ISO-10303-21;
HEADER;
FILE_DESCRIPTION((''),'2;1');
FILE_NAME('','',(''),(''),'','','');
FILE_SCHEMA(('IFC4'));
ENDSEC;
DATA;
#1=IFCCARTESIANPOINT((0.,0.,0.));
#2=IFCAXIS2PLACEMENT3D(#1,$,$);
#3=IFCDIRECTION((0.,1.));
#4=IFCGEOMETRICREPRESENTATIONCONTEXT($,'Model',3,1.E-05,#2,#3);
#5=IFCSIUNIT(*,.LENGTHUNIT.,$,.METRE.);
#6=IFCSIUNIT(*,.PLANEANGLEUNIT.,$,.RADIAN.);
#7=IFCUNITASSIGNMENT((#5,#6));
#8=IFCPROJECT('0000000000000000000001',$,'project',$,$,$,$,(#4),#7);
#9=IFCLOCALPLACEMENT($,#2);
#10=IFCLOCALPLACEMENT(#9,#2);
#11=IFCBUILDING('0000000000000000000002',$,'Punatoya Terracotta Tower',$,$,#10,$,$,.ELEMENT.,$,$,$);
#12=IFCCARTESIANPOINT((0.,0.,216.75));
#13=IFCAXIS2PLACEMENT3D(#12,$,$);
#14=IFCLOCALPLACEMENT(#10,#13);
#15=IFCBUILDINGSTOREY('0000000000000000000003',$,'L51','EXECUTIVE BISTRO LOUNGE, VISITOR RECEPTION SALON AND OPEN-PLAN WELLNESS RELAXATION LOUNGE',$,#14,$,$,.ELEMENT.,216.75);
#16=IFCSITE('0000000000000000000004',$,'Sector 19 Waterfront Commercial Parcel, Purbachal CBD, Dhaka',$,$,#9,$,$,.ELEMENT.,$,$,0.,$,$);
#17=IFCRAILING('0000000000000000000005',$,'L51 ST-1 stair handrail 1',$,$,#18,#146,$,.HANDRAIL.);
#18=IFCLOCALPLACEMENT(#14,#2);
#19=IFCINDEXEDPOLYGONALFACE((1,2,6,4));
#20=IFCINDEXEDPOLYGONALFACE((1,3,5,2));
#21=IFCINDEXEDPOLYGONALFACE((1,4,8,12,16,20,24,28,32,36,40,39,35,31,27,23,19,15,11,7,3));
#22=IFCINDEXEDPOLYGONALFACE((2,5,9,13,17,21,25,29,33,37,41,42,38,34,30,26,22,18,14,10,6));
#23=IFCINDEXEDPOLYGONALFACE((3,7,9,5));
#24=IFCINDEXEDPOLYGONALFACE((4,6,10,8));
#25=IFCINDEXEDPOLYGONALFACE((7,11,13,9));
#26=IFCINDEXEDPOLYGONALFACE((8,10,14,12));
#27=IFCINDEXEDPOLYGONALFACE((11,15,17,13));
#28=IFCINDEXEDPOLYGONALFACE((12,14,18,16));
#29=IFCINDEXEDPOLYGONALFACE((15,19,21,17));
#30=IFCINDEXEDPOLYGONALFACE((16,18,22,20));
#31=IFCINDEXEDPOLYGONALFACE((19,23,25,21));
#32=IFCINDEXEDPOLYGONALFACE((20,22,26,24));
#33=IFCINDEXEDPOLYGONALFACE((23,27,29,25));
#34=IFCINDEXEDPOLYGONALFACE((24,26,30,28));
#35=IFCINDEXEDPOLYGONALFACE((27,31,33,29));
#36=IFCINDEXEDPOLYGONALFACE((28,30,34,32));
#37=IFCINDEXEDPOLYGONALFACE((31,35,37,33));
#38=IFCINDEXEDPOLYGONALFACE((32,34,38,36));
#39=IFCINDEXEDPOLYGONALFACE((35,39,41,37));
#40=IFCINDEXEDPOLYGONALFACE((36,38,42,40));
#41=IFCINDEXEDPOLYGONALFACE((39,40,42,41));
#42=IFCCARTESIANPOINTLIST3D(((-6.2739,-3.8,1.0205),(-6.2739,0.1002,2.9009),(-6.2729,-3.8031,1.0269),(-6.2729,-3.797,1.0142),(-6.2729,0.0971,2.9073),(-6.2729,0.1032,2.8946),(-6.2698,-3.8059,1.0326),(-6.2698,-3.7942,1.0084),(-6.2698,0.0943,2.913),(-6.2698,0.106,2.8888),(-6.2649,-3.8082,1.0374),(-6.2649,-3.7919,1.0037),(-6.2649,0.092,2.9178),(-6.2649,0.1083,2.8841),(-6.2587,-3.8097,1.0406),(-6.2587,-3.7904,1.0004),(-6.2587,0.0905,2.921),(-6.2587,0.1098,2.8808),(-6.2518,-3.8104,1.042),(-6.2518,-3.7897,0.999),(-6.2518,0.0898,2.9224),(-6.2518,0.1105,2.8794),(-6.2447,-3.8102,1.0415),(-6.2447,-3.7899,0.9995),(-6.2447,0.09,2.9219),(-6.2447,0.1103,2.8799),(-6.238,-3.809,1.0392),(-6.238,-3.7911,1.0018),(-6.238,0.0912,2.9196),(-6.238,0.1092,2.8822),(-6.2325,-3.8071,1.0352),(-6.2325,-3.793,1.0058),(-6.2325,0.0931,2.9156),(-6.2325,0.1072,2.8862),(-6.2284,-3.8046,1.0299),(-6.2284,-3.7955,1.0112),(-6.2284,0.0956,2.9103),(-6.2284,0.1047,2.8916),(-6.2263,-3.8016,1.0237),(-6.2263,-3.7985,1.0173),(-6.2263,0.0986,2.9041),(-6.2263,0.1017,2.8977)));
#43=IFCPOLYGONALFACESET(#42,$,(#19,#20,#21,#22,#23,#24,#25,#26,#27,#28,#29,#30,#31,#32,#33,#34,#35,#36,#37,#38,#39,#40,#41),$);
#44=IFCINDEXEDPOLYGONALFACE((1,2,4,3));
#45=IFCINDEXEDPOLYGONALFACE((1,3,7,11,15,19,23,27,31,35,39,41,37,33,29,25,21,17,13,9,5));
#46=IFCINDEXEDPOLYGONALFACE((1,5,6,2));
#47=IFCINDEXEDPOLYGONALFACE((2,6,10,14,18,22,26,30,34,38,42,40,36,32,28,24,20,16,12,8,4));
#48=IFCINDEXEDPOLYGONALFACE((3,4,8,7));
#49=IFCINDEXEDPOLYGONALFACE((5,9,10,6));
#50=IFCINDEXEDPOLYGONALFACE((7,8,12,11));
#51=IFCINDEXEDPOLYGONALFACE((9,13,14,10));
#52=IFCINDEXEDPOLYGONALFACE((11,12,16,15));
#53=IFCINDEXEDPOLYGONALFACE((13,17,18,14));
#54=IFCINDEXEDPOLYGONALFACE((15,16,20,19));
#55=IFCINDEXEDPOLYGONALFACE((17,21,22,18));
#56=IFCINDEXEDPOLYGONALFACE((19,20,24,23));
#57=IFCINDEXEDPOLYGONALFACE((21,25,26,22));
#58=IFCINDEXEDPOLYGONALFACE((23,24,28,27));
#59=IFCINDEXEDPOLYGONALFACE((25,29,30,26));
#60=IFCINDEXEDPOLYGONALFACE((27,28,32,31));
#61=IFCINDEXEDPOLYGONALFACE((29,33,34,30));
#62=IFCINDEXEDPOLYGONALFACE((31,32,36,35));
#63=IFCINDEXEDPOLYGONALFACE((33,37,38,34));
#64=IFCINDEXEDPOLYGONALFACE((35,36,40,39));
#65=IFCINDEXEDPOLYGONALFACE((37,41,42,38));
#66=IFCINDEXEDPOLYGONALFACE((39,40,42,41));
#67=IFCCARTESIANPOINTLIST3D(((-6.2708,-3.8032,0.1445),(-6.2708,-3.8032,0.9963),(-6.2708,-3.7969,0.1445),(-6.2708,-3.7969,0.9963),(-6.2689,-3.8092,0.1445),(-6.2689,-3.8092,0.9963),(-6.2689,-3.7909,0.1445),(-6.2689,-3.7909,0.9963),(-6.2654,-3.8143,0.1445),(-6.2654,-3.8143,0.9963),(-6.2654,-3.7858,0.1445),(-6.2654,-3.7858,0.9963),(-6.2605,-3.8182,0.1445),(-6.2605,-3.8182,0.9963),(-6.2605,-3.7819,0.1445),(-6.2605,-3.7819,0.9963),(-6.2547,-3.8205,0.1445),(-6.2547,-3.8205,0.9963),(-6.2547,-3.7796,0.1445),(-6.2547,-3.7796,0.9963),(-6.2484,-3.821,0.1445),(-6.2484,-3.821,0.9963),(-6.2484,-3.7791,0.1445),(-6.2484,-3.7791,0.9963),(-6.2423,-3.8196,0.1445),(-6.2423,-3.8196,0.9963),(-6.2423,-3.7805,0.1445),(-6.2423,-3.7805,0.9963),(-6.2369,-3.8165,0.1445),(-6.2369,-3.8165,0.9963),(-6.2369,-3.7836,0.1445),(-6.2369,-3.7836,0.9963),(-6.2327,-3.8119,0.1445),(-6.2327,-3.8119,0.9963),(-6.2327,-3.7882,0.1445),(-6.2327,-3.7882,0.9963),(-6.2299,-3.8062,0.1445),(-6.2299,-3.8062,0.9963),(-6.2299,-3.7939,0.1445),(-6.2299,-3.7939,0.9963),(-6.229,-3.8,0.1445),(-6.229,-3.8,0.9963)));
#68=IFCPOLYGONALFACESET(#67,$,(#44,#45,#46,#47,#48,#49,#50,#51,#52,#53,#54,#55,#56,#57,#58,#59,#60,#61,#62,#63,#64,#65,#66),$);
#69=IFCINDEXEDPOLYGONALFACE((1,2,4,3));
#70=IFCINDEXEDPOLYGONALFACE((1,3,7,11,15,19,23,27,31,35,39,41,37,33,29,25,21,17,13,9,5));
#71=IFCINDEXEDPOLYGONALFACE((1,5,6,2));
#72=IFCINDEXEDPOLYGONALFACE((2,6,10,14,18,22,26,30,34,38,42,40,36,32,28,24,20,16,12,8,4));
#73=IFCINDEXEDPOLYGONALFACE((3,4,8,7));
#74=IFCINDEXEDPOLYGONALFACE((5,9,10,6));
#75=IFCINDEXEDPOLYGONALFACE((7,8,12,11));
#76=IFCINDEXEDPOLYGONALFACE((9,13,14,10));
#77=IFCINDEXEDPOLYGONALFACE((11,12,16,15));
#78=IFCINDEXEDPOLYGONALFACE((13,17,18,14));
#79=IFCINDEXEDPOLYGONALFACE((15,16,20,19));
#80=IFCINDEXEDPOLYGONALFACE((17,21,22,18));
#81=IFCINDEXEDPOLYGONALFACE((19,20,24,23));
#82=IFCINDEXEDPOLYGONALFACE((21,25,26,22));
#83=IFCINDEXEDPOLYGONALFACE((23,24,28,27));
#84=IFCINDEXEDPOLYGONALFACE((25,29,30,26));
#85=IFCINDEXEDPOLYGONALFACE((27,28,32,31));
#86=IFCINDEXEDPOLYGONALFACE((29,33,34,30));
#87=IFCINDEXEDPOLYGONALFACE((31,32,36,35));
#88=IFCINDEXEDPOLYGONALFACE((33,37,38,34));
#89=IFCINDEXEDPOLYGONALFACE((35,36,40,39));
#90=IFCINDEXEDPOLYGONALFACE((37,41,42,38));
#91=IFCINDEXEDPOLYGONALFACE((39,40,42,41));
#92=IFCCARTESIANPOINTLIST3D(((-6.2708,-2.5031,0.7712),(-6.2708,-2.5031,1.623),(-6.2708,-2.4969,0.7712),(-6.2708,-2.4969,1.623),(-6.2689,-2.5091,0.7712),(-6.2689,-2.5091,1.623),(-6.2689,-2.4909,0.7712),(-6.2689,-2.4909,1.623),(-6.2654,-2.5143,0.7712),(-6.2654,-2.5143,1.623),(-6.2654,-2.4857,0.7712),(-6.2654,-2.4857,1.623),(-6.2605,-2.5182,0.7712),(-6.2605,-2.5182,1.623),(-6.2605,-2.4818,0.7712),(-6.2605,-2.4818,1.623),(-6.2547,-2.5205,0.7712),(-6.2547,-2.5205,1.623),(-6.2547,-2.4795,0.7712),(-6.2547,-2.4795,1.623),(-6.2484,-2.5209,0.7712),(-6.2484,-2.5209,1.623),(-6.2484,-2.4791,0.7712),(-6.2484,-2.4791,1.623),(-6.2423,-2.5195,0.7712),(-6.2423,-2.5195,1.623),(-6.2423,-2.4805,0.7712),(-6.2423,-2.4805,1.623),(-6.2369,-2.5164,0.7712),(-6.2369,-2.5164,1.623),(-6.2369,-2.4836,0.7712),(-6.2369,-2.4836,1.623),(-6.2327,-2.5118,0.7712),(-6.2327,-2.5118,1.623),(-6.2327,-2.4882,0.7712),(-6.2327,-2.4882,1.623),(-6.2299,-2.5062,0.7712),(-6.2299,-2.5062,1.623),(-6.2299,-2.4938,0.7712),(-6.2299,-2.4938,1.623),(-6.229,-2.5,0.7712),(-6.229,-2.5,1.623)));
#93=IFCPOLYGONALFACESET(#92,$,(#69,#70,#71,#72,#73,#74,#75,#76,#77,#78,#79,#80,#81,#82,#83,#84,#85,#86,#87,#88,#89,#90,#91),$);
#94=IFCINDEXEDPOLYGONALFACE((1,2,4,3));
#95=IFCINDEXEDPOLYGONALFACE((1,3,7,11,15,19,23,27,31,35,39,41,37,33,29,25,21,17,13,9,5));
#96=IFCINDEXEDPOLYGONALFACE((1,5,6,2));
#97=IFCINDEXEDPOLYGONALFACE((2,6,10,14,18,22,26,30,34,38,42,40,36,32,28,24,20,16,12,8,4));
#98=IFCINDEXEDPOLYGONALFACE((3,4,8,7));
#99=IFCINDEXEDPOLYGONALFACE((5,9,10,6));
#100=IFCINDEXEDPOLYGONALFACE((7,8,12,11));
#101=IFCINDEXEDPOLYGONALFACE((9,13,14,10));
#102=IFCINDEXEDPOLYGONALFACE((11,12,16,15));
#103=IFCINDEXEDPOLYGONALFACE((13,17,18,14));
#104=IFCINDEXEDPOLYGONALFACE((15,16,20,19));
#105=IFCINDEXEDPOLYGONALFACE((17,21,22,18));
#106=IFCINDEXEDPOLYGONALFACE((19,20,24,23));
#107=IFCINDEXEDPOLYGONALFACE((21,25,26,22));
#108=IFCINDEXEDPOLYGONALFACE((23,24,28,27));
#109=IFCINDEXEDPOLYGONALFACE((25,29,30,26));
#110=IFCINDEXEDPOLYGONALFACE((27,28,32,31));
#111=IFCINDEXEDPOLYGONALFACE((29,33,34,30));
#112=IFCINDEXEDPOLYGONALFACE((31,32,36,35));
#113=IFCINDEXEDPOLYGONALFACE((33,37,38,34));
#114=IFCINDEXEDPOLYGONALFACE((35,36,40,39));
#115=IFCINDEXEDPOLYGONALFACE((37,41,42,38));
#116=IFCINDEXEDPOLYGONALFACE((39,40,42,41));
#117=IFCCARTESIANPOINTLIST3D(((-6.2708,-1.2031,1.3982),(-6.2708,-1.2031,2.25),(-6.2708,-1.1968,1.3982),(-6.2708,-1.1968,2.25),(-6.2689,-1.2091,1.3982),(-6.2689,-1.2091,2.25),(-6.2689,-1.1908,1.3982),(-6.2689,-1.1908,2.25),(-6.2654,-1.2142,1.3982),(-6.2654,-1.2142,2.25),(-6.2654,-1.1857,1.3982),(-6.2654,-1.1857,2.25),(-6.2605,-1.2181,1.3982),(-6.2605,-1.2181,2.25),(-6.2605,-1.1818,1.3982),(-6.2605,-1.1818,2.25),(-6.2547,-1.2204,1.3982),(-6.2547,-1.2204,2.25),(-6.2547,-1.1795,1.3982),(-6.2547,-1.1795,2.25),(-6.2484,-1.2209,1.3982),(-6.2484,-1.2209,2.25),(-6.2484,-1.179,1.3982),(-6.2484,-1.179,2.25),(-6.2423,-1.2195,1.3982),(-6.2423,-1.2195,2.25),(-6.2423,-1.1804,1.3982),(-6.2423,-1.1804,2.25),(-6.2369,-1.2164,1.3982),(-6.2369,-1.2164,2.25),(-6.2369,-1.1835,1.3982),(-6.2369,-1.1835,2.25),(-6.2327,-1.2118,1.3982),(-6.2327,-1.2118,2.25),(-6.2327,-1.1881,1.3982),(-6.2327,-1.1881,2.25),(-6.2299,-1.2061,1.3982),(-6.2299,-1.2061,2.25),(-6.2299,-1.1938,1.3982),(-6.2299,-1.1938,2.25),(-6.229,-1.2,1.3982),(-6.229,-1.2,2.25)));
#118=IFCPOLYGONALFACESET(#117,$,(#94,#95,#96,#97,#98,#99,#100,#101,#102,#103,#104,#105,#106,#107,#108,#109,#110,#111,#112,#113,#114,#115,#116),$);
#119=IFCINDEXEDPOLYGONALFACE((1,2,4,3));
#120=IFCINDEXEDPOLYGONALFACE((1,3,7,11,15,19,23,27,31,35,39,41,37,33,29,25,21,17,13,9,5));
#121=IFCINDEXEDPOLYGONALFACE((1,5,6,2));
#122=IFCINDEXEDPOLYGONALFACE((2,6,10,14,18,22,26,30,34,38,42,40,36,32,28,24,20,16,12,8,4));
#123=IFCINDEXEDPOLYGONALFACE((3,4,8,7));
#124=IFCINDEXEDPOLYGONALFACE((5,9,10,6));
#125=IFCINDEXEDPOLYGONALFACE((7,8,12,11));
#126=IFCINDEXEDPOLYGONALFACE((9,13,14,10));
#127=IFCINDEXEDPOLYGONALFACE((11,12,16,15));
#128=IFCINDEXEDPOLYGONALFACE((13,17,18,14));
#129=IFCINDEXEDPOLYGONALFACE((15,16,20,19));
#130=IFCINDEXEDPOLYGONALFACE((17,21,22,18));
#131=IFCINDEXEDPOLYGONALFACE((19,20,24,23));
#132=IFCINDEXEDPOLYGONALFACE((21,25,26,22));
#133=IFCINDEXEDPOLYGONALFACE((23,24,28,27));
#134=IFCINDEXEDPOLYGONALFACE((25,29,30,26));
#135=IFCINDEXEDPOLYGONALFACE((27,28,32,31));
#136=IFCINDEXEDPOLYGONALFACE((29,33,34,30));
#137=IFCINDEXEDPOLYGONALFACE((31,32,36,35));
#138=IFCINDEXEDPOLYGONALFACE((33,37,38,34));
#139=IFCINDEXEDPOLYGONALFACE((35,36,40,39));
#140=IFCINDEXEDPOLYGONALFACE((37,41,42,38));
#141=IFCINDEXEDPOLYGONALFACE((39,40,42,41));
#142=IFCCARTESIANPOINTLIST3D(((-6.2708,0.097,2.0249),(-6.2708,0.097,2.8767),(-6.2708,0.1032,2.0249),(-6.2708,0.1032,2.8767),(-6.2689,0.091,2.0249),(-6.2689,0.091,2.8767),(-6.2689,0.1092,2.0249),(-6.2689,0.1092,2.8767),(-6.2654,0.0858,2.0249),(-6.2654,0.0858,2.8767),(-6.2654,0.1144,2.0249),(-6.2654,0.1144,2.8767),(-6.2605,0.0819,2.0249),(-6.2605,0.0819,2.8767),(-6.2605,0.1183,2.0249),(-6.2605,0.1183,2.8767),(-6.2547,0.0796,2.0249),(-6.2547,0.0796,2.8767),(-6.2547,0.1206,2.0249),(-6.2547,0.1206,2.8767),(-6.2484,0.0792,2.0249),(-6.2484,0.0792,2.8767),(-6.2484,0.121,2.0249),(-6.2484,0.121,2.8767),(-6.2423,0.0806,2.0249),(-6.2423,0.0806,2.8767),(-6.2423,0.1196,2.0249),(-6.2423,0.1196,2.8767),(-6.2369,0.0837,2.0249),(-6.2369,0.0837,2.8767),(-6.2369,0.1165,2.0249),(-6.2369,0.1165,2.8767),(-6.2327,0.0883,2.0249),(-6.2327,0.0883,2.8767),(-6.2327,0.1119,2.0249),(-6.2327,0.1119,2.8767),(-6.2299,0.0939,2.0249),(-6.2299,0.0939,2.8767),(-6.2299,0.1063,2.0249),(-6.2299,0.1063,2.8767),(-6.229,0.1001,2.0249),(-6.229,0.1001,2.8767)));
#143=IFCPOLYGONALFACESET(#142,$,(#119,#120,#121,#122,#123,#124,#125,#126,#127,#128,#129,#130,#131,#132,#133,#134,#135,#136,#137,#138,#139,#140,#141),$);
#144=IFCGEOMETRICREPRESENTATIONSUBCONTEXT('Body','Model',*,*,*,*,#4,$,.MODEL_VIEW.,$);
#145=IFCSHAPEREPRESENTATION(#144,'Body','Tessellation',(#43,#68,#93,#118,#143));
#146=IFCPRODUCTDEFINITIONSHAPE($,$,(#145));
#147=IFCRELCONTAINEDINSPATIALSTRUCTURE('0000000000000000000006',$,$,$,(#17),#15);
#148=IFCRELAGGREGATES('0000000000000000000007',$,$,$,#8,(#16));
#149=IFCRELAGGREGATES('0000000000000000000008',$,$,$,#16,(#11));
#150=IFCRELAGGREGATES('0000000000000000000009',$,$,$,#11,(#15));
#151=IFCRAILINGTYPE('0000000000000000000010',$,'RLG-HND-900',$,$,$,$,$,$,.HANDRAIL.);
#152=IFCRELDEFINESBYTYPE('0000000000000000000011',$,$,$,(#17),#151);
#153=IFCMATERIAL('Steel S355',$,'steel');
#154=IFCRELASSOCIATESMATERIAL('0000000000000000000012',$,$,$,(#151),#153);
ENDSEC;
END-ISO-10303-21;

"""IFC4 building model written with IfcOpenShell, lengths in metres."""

from ifc_helpers import new_model, si_unit, direction, frame, origin, origin_2d, place, context, subcontext, project, spatial, circle, extrude, material, type_object, element, save


model = new_model("IFC4")

# Units and contexts
model_context = context("Model", 3, precision=1e-05, world=origin(), true_north=direction((0.0, 1.0)))
body_context = subcontext(model_context, "Body", "Model", "MODEL_VIEW")
ifc_project = project(units=[si_unit("LENGTHUNIT", "METRE"), si_unit("PLANEANGLEUNIT", "RADIAN")], contexts=[model_context])

# Site, building, storey
site_placement = place(None, origin())
site = spatial("IfcSite", under=ifc_project, at=site_placement, Name="Sector 19 Waterfront Commercial Parcel, Purbachal CBD, Dhaka", CompositionType="ELEMENT", RefElevation=0.0)
building_placement = place(site_placement, origin())
building = spatial("IfcBuilding", under=site, at=building_placement, Name="Punatoya Terracotta Tower", CompositionType="ELEMENT")
storey_placement = place(building_placement, frame((0.0, 0.0, 216.75)))
storey = spatial("IfcBuildingStorey", under=building, at=storey_placement, Name="L51", Description="EXECUTIVE BISTRO LOUNGE, VISITOR RECEPTION SALON AND OPEN-PLAN WELLNESS RELAXATION LOUNGE", CompositionType="ELEMENT", Elevation=216.75)

# Shared definitions
ifc_material_1 = material(Name="Steel S355", Category="steel")

# Railing
railing_type_1 = type_object("IfcRailingType", Name="RLG-HND-900", PredefinedType="HANDRAIL", material=ifc_material_1)
railing_1_placement = place(storey_placement, frame((-6.25, -3.8, 0.1445)))
element("IfcRailing", 1, at=railing_1_placement, inside=storey, type_object=railing_type_1, Name="L51 ST-1 stair handrail 1", PredefinedType="HANDRAIL", context=body_context, shape_type="SweptSolid", body=[
    extrude(circle(Radius=0.0239, at=origin_2d()), frame((0.0, 0.0, 0.876), z_axis=(0.0, 0.900774, 0.434289), x_axis=(-1.0, 0.0, 0.0)), (0.0, 0.0, 1.0), 4.3298),
    extrude(circle(Radius=0.021, at=origin_2d()), origin(), (0.0, 0.0, 1.0), 0.8518),
    extrude(circle(Radius=0.021, at=origin_2d()), frame((0.0, 1.3, 0.6267)), (0.0, 0.0, 1.0), 0.8518),
    extrude(circle(Radius=0.021, at=origin_2d()), frame((0.0, 2.6001, 1.2537)), (0.0, 0.0, 1.0), 0.8518),
    extrude(circle(Radius=0.021, at=origin_2d()), frame((0.0, 3.9001, 1.8804)), (0.0, 0.0, 1.0), 0.8518),
])

save(model, "model.ifc")
